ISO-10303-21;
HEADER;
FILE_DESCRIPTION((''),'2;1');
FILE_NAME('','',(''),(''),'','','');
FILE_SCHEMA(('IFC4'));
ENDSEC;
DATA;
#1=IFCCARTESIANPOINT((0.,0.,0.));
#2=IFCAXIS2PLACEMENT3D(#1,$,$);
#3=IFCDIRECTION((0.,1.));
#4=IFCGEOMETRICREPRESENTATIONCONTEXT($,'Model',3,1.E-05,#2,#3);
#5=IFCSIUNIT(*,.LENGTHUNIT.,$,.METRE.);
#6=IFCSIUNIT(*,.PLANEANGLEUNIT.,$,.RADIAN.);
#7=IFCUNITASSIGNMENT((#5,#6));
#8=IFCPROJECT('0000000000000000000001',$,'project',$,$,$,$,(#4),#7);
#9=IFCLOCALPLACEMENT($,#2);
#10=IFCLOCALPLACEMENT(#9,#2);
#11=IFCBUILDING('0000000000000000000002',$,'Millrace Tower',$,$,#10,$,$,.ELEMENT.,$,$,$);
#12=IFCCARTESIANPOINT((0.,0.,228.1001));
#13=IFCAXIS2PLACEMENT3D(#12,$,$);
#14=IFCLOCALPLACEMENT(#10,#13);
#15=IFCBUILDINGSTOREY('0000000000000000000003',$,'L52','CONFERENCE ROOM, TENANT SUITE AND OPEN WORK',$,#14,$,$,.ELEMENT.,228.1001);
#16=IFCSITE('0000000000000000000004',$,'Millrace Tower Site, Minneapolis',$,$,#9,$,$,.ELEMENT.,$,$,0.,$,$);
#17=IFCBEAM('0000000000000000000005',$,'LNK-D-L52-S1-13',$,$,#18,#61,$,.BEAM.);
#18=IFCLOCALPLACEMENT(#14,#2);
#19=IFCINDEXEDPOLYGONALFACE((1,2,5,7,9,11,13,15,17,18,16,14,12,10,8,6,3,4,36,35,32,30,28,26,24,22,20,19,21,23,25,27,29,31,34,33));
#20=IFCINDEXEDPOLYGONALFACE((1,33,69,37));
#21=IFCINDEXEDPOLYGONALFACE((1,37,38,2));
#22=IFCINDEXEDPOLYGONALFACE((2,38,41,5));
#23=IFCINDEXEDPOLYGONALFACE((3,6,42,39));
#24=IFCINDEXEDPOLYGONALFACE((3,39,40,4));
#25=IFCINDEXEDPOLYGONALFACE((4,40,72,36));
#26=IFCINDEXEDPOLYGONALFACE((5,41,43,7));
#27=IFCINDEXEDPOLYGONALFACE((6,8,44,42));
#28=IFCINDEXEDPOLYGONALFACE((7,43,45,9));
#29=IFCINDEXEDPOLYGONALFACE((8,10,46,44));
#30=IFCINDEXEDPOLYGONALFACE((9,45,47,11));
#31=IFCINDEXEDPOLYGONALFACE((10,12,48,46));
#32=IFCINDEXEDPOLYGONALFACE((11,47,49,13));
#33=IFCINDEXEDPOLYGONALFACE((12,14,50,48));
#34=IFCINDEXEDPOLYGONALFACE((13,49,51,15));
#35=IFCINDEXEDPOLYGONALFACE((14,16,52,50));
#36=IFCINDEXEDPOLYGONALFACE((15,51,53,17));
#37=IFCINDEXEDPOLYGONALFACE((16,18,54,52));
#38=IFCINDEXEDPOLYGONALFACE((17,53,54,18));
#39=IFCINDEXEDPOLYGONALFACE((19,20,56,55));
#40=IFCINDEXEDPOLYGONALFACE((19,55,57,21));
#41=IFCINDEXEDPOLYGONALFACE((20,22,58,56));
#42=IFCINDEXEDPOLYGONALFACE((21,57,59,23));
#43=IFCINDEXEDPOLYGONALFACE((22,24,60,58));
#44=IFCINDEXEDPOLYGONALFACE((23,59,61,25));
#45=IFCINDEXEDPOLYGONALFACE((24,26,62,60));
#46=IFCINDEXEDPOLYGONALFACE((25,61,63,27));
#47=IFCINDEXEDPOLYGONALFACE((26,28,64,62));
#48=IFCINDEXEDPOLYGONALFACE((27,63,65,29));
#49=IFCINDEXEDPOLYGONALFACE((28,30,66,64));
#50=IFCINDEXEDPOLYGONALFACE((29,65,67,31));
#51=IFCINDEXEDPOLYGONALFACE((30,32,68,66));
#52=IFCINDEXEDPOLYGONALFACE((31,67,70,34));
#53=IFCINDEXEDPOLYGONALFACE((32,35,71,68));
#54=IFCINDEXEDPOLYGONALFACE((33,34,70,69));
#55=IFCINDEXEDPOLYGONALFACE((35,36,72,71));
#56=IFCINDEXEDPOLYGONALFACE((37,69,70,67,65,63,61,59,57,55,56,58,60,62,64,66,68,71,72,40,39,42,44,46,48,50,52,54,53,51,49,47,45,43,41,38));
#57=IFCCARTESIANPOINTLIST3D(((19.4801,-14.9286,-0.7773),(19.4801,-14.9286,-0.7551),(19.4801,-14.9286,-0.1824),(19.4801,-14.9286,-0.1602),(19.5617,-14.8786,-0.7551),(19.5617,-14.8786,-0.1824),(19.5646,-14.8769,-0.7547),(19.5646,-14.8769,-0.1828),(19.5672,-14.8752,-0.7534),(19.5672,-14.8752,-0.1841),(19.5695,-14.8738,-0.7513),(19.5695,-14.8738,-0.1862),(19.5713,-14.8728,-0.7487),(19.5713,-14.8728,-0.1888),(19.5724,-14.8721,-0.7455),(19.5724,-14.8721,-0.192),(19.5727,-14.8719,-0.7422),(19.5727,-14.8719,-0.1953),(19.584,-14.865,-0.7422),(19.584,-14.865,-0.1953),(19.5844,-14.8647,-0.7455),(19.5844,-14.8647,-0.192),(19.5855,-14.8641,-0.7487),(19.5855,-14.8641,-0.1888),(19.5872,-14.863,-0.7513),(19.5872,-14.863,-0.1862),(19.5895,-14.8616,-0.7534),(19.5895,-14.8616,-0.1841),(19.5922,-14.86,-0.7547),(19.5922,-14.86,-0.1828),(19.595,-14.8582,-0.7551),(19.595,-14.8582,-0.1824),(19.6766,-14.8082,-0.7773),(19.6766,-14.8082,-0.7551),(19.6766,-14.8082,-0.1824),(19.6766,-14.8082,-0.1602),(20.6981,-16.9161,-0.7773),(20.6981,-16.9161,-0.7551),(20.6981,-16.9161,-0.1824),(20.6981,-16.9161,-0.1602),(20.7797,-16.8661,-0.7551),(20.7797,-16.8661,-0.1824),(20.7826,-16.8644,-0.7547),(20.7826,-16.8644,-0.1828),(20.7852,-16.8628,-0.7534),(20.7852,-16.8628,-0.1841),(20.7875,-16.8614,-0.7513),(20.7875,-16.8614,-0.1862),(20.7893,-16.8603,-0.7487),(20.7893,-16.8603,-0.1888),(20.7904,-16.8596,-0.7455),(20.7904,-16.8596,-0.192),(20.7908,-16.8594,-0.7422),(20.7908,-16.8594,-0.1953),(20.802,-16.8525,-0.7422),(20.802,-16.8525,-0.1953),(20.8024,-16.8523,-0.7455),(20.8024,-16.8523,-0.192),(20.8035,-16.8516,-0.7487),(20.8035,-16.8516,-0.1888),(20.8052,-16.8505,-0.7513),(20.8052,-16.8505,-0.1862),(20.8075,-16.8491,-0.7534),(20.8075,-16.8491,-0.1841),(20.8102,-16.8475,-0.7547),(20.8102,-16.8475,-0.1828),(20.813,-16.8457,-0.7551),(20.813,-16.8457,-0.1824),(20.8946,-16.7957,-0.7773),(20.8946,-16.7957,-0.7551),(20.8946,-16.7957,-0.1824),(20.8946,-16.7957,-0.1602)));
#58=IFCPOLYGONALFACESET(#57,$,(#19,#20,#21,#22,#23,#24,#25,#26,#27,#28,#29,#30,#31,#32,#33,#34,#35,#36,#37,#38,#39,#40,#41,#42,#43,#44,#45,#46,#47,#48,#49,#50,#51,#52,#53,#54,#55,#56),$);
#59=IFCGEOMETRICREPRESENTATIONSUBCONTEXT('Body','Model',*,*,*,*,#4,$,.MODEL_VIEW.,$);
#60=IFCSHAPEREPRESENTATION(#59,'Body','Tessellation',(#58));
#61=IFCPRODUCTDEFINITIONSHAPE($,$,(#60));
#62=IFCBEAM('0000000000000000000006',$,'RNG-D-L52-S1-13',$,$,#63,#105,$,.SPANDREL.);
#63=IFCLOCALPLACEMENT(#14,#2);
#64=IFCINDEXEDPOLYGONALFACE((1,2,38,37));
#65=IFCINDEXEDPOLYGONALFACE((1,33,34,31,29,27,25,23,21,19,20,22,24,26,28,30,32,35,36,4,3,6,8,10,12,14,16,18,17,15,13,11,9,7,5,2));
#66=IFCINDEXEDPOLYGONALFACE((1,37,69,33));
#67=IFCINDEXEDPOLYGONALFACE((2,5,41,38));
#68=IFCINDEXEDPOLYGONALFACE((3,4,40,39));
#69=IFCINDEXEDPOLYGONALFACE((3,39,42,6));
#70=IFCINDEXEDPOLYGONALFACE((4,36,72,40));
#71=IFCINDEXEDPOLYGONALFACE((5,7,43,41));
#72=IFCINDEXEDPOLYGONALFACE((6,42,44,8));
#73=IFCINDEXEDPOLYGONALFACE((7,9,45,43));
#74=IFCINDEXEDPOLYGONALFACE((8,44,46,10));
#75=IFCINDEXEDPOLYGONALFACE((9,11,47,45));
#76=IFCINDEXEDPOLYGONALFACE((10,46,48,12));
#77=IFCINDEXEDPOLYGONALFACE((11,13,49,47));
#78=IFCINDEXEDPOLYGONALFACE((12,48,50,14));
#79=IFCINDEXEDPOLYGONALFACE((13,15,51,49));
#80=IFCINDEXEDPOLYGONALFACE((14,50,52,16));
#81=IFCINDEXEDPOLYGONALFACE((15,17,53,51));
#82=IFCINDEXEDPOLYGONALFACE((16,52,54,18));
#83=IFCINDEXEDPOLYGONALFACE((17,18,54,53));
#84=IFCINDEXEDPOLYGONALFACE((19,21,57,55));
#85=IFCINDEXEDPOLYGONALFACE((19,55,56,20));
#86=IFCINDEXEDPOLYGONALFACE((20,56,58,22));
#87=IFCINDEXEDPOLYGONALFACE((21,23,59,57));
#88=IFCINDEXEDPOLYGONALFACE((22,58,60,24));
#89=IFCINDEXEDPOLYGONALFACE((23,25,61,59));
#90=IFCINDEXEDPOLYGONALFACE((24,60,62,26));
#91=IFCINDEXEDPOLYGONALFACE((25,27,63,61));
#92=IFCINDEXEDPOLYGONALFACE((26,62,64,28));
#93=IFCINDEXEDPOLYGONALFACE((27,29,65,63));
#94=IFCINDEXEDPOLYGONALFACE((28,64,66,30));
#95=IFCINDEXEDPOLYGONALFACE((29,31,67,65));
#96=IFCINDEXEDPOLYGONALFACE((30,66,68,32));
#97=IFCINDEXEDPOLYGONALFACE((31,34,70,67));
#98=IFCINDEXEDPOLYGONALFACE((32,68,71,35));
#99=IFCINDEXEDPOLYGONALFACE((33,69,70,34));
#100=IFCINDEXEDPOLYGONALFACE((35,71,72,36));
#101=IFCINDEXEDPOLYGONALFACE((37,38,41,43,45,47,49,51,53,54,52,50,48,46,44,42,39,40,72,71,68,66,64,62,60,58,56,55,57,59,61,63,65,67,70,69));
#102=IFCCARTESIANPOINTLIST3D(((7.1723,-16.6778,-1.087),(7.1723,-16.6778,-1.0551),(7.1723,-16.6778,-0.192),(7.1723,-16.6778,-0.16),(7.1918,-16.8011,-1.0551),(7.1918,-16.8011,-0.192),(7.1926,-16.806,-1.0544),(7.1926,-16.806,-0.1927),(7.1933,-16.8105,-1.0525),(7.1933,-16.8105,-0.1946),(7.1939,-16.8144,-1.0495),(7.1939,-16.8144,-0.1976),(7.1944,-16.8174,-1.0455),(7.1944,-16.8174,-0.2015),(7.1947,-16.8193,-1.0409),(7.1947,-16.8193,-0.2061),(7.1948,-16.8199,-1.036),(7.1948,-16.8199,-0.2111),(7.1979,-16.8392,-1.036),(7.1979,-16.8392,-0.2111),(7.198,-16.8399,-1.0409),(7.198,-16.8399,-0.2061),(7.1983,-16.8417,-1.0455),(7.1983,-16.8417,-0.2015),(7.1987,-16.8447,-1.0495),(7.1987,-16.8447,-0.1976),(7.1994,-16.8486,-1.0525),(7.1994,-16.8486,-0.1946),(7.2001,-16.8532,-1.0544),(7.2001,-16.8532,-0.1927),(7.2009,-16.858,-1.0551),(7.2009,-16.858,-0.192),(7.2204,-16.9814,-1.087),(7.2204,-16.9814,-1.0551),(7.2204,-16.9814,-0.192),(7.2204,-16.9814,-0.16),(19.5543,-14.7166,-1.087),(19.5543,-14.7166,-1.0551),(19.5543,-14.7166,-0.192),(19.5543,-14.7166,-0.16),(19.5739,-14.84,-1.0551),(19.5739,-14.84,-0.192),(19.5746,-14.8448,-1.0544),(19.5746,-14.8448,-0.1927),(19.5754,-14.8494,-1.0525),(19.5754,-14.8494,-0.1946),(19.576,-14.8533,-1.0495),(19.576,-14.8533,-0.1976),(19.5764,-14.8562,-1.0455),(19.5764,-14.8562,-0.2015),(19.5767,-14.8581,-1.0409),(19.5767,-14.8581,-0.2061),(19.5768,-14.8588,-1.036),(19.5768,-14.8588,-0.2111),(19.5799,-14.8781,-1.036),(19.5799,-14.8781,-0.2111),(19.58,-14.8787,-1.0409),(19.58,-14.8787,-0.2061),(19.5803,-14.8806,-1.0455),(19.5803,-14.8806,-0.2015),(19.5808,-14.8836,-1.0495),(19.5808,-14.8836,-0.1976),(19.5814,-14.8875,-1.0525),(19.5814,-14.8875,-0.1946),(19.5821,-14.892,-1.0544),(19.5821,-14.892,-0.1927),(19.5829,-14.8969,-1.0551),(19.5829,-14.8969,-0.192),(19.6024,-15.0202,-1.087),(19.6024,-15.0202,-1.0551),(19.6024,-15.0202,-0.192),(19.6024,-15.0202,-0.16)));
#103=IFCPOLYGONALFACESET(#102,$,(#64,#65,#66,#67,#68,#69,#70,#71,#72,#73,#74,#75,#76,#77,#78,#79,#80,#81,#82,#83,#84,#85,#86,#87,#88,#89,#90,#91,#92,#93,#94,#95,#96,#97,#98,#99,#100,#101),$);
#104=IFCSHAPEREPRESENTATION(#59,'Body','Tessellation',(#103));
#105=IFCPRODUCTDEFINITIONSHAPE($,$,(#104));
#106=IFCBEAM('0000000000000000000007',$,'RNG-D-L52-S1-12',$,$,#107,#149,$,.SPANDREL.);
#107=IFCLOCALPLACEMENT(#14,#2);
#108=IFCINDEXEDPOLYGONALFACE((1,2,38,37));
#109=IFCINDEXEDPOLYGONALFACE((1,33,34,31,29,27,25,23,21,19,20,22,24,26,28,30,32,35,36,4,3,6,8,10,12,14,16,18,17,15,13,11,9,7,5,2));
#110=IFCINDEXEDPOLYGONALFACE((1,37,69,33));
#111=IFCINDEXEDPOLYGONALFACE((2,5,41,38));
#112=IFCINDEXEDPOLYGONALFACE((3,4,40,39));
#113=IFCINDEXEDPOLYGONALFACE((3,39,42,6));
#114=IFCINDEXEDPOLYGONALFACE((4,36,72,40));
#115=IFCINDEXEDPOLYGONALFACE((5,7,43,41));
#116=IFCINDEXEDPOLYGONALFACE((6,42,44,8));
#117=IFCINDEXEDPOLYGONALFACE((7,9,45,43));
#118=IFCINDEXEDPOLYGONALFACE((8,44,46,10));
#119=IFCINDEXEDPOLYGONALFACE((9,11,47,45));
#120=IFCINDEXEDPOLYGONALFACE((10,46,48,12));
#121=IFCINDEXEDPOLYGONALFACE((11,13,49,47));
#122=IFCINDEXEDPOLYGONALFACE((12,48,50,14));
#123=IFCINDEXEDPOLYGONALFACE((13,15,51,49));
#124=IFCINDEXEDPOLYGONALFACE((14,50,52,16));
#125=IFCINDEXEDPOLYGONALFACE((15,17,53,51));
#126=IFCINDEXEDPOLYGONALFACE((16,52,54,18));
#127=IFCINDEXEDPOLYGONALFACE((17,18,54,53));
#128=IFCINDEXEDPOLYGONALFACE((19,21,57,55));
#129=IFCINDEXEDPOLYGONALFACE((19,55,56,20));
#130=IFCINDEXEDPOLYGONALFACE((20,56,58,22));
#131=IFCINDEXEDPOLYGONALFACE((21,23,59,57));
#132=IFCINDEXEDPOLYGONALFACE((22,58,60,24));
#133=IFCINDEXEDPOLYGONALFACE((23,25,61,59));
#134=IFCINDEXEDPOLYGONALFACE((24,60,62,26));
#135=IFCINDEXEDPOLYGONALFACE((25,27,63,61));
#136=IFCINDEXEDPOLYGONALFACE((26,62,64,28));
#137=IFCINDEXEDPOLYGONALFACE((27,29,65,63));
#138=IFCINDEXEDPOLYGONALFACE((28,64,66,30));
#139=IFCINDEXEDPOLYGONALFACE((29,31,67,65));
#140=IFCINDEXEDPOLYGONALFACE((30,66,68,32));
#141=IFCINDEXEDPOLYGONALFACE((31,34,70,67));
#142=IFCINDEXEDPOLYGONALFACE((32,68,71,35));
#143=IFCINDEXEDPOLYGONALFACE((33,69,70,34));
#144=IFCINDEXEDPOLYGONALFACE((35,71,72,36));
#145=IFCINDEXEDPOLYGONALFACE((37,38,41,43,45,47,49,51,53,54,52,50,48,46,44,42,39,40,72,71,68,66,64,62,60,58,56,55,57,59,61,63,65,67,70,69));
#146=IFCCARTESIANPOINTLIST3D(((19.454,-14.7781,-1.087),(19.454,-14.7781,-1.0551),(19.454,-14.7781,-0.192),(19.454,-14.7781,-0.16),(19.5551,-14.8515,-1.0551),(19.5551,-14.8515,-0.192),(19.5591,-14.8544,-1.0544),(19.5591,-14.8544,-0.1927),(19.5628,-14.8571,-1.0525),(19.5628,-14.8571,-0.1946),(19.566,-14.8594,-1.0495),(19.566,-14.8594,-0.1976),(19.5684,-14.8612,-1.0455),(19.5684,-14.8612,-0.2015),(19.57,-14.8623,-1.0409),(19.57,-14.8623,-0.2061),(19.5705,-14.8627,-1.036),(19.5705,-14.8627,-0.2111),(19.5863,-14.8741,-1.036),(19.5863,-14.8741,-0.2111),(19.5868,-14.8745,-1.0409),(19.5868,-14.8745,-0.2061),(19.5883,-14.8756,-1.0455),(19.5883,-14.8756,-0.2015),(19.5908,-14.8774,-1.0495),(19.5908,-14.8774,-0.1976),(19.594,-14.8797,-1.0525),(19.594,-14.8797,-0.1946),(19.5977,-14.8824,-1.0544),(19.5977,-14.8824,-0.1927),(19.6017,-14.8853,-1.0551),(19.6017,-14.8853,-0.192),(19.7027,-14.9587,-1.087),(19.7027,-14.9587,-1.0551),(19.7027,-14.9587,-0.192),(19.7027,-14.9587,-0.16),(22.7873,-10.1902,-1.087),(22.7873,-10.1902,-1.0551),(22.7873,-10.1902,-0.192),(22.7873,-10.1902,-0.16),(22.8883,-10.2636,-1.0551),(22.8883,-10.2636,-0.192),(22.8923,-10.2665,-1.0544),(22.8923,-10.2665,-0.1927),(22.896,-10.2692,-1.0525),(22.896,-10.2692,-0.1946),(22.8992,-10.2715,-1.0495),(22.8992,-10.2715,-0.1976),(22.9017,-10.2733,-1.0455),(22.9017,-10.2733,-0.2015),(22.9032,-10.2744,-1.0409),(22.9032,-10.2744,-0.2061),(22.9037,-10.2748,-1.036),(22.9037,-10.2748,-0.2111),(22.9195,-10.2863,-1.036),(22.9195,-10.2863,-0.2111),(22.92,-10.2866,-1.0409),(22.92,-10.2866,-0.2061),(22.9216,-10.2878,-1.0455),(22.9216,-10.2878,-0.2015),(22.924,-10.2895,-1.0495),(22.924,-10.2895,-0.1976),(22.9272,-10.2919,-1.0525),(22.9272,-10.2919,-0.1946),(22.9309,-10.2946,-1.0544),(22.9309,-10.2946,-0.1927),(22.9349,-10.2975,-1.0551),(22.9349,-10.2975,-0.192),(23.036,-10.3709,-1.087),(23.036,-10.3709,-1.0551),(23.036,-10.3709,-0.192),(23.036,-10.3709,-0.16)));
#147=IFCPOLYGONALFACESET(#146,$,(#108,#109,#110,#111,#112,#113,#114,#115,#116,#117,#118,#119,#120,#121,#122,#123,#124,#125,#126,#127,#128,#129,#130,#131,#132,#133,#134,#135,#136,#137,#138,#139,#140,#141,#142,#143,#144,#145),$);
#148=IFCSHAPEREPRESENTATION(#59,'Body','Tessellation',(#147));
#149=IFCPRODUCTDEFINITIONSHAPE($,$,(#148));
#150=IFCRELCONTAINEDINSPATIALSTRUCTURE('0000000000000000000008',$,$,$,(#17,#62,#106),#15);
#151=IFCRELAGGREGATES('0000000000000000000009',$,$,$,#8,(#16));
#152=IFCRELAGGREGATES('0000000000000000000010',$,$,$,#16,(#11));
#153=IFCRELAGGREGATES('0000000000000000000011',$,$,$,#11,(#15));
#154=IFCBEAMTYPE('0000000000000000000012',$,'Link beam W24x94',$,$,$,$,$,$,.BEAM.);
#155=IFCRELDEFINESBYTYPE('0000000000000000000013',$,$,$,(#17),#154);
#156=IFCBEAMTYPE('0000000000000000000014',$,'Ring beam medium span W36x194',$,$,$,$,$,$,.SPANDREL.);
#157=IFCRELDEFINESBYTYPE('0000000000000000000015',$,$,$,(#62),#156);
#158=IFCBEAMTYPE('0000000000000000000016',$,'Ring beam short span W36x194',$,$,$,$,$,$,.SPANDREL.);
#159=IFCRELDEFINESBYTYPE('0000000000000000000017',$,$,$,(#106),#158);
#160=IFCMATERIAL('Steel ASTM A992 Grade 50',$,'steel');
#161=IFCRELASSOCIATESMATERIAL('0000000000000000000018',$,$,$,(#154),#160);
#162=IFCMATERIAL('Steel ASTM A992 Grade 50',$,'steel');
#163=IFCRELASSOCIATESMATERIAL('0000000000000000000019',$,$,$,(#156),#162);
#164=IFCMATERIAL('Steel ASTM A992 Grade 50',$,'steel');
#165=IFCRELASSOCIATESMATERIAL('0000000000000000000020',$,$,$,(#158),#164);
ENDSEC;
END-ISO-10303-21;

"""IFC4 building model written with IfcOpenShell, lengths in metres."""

from ifc_helpers import new_model, si_unit, direction, frame, origin, origin_2d, place, context, subcontext, project, spatial, i_section, extrude, material, material_profile, profile_set, type_object, element, save


model = new_model("IFC4")

# Units and contexts
model_context = context("Model", 3, precision=1e-05, world=origin(), true_north=direction((0.0, 1.0)))
body_context = subcontext(model_context, "Body", "Model", "MODEL_VIEW")
ifc_project = project(units=[si_unit("LENGTHUNIT", "METRE"), si_unit("PLANEANGLEUNIT", "RADIAN")], contexts=[model_context])

# Site, building, storey
site_placement = place(None, origin())
site = spatial("IfcSite", under=ifc_project, at=site_placement, Name="Millrace Tower Site, Minneapolis", CompositionType="ELEMENT", RefElevation=0.0)
building_placement = place(site_placement, origin())
building = spatial("IfcBuilding", under=site, at=building_placement, Name="Millrace Tower", CompositionType="ELEMENT")
storey_placement = place(building_placement, frame((0.0, 0.0, 228.1001)))
storey = spatial("IfcBuildingStorey", under=building, at=storey_placement, Name="L52", Description="CONFERENCE ROOM, TENANT SUITE AND OPEN WORK", CompositionType="ELEMENT", Elevation=228.1001)

# Beams
ifc_material_1 = material(Name="Steel ASTM A992 Grade 50", Category="steel")
ifc_material_profile_1 = material_profile(ifc_material_1, i_section(OverallWidth=0.2305, OverallDepth=0.6172, WebThickness=0.0132, FlangeThickness=0.0222, FilletRadius=0.0129, at=origin_2d()))
ifc_profile_set_1 = profile_set([ifc_material_profile_1], Name="Steel ASTM A992 Grade 50")
beam_type_1 = type_object("IfcBeamType", Name="Link beam W24x94", PredefinedType="BEAM", material=ifc_profile_set_1)
beam_1_placement = place(storey_placement, frame((19.5784, -14.8684, -0.4688), z_axis=(0.522513, -0.852631, 0.0), x_axis=(0.852631, 0.522513, 0.0)))
element("IfcBeam", 1, at=beam_1_placement, inside=storey, type_object=beam_type_1, Name="LNK-D-L52-S1-13", PredefinedType="BEAM", context=body_context, shape_type="SweptSolid", body=[
    extrude(i_section(OverallWidth=0.2305, OverallDepth=0.6172, WebThickness=0.0132, FlangeThickness=0.0222, FilletRadius=0.0129, at=origin_2d()), origin(), (0.0, 0.0, 1.0), 2.3311),
])
ifc_material_2 = material(Name="Steel ASTM A992 Grade 50", Category="steel")
ifc_material_profile_2 = material_profile(ifc_material_2, i_section(OverallWidth=0.3074, OverallDepth=0.927, WebThickness=0.0195, FlangeThickness=0.032, FilletRadius=0.019, at=origin_2d()))
ifc_profile_set_2 = profile_set([ifc_material_profile_2], Name="Steel ASTM A992 Grade 50")
beam_type_2 = type_object("IfcBeamType", Name="Ring beam medium span W36x194", PredefinedType="SPANDREL", material=ifc_profile_set_2)
beam_2_placement = place(storey_placement, frame((19.5784, -14.8684, -0.6235), z_axis=(-0.987688, -0.156439, 0.0), x_axis=(0.156439, -0.987688, 0.0)))
element("IfcBeam", 2, at=beam_2_placement, inside=storey, type_object=beam_type_2, Name="RNG-D-L52-S1-13", PredefinedType="SPANDREL", context=body_context, shape_type="SweptSolid", body=[
    extrude(i_section(OverallWidth=0.3074, OverallDepth=0.927, WebThickness=0.0195, FlangeThickness=0.032, FilletRadius=0.019, at=origin_2d()), origin(), (0.0, 0.0, 1.0), 12.5364),
])
ifc_material_3 = material(Name="Steel ASTM A992 Grade 50", Category="steel")
ifc_material_profile_3 = material_profile(ifc_material_3, i_section(OverallWidth=0.3074, OverallDepth=0.927, WebThickness=0.0195, FlangeThickness=0.032, FilletRadius=0.019, at=origin_2d()))
ifc_profile_set_3 = profile_set([ifc_material_profile_3], Name="Steel ASTM A992 Grade 50")
beam_type_3 = type_object("IfcBeamType", Name="Ring beam short span W36x194", PredefinedType="SPANDREL", material=ifc_profile_set_3)
beam_3_placement = place(storey_placement, frame((22.9116, -10.2805, -0.6235), z_axis=(-0.58778, -0.809021, 0.0), x_axis=(0.809021, -0.58778, 0.0)))
element("IfcBeam", 3, at=beam_3_placement, inside=storey, type_object=beam_type_3, Name="RNG-D-L52-S1-12", PredefinedType="SPANDREL", context=body_context, shape_type="SweptSolid", body=[
    extrude(i_section(OverallWidth=0.3074, OverallDepth=0.927, WebThickness=0.0195, FlangeThickness=0.032, FilletRadius=0.019, at=origin_2d()), origin(), (0.0, 0.0, 1.0), 5.6709),
])

save(model, "model.ifc")
